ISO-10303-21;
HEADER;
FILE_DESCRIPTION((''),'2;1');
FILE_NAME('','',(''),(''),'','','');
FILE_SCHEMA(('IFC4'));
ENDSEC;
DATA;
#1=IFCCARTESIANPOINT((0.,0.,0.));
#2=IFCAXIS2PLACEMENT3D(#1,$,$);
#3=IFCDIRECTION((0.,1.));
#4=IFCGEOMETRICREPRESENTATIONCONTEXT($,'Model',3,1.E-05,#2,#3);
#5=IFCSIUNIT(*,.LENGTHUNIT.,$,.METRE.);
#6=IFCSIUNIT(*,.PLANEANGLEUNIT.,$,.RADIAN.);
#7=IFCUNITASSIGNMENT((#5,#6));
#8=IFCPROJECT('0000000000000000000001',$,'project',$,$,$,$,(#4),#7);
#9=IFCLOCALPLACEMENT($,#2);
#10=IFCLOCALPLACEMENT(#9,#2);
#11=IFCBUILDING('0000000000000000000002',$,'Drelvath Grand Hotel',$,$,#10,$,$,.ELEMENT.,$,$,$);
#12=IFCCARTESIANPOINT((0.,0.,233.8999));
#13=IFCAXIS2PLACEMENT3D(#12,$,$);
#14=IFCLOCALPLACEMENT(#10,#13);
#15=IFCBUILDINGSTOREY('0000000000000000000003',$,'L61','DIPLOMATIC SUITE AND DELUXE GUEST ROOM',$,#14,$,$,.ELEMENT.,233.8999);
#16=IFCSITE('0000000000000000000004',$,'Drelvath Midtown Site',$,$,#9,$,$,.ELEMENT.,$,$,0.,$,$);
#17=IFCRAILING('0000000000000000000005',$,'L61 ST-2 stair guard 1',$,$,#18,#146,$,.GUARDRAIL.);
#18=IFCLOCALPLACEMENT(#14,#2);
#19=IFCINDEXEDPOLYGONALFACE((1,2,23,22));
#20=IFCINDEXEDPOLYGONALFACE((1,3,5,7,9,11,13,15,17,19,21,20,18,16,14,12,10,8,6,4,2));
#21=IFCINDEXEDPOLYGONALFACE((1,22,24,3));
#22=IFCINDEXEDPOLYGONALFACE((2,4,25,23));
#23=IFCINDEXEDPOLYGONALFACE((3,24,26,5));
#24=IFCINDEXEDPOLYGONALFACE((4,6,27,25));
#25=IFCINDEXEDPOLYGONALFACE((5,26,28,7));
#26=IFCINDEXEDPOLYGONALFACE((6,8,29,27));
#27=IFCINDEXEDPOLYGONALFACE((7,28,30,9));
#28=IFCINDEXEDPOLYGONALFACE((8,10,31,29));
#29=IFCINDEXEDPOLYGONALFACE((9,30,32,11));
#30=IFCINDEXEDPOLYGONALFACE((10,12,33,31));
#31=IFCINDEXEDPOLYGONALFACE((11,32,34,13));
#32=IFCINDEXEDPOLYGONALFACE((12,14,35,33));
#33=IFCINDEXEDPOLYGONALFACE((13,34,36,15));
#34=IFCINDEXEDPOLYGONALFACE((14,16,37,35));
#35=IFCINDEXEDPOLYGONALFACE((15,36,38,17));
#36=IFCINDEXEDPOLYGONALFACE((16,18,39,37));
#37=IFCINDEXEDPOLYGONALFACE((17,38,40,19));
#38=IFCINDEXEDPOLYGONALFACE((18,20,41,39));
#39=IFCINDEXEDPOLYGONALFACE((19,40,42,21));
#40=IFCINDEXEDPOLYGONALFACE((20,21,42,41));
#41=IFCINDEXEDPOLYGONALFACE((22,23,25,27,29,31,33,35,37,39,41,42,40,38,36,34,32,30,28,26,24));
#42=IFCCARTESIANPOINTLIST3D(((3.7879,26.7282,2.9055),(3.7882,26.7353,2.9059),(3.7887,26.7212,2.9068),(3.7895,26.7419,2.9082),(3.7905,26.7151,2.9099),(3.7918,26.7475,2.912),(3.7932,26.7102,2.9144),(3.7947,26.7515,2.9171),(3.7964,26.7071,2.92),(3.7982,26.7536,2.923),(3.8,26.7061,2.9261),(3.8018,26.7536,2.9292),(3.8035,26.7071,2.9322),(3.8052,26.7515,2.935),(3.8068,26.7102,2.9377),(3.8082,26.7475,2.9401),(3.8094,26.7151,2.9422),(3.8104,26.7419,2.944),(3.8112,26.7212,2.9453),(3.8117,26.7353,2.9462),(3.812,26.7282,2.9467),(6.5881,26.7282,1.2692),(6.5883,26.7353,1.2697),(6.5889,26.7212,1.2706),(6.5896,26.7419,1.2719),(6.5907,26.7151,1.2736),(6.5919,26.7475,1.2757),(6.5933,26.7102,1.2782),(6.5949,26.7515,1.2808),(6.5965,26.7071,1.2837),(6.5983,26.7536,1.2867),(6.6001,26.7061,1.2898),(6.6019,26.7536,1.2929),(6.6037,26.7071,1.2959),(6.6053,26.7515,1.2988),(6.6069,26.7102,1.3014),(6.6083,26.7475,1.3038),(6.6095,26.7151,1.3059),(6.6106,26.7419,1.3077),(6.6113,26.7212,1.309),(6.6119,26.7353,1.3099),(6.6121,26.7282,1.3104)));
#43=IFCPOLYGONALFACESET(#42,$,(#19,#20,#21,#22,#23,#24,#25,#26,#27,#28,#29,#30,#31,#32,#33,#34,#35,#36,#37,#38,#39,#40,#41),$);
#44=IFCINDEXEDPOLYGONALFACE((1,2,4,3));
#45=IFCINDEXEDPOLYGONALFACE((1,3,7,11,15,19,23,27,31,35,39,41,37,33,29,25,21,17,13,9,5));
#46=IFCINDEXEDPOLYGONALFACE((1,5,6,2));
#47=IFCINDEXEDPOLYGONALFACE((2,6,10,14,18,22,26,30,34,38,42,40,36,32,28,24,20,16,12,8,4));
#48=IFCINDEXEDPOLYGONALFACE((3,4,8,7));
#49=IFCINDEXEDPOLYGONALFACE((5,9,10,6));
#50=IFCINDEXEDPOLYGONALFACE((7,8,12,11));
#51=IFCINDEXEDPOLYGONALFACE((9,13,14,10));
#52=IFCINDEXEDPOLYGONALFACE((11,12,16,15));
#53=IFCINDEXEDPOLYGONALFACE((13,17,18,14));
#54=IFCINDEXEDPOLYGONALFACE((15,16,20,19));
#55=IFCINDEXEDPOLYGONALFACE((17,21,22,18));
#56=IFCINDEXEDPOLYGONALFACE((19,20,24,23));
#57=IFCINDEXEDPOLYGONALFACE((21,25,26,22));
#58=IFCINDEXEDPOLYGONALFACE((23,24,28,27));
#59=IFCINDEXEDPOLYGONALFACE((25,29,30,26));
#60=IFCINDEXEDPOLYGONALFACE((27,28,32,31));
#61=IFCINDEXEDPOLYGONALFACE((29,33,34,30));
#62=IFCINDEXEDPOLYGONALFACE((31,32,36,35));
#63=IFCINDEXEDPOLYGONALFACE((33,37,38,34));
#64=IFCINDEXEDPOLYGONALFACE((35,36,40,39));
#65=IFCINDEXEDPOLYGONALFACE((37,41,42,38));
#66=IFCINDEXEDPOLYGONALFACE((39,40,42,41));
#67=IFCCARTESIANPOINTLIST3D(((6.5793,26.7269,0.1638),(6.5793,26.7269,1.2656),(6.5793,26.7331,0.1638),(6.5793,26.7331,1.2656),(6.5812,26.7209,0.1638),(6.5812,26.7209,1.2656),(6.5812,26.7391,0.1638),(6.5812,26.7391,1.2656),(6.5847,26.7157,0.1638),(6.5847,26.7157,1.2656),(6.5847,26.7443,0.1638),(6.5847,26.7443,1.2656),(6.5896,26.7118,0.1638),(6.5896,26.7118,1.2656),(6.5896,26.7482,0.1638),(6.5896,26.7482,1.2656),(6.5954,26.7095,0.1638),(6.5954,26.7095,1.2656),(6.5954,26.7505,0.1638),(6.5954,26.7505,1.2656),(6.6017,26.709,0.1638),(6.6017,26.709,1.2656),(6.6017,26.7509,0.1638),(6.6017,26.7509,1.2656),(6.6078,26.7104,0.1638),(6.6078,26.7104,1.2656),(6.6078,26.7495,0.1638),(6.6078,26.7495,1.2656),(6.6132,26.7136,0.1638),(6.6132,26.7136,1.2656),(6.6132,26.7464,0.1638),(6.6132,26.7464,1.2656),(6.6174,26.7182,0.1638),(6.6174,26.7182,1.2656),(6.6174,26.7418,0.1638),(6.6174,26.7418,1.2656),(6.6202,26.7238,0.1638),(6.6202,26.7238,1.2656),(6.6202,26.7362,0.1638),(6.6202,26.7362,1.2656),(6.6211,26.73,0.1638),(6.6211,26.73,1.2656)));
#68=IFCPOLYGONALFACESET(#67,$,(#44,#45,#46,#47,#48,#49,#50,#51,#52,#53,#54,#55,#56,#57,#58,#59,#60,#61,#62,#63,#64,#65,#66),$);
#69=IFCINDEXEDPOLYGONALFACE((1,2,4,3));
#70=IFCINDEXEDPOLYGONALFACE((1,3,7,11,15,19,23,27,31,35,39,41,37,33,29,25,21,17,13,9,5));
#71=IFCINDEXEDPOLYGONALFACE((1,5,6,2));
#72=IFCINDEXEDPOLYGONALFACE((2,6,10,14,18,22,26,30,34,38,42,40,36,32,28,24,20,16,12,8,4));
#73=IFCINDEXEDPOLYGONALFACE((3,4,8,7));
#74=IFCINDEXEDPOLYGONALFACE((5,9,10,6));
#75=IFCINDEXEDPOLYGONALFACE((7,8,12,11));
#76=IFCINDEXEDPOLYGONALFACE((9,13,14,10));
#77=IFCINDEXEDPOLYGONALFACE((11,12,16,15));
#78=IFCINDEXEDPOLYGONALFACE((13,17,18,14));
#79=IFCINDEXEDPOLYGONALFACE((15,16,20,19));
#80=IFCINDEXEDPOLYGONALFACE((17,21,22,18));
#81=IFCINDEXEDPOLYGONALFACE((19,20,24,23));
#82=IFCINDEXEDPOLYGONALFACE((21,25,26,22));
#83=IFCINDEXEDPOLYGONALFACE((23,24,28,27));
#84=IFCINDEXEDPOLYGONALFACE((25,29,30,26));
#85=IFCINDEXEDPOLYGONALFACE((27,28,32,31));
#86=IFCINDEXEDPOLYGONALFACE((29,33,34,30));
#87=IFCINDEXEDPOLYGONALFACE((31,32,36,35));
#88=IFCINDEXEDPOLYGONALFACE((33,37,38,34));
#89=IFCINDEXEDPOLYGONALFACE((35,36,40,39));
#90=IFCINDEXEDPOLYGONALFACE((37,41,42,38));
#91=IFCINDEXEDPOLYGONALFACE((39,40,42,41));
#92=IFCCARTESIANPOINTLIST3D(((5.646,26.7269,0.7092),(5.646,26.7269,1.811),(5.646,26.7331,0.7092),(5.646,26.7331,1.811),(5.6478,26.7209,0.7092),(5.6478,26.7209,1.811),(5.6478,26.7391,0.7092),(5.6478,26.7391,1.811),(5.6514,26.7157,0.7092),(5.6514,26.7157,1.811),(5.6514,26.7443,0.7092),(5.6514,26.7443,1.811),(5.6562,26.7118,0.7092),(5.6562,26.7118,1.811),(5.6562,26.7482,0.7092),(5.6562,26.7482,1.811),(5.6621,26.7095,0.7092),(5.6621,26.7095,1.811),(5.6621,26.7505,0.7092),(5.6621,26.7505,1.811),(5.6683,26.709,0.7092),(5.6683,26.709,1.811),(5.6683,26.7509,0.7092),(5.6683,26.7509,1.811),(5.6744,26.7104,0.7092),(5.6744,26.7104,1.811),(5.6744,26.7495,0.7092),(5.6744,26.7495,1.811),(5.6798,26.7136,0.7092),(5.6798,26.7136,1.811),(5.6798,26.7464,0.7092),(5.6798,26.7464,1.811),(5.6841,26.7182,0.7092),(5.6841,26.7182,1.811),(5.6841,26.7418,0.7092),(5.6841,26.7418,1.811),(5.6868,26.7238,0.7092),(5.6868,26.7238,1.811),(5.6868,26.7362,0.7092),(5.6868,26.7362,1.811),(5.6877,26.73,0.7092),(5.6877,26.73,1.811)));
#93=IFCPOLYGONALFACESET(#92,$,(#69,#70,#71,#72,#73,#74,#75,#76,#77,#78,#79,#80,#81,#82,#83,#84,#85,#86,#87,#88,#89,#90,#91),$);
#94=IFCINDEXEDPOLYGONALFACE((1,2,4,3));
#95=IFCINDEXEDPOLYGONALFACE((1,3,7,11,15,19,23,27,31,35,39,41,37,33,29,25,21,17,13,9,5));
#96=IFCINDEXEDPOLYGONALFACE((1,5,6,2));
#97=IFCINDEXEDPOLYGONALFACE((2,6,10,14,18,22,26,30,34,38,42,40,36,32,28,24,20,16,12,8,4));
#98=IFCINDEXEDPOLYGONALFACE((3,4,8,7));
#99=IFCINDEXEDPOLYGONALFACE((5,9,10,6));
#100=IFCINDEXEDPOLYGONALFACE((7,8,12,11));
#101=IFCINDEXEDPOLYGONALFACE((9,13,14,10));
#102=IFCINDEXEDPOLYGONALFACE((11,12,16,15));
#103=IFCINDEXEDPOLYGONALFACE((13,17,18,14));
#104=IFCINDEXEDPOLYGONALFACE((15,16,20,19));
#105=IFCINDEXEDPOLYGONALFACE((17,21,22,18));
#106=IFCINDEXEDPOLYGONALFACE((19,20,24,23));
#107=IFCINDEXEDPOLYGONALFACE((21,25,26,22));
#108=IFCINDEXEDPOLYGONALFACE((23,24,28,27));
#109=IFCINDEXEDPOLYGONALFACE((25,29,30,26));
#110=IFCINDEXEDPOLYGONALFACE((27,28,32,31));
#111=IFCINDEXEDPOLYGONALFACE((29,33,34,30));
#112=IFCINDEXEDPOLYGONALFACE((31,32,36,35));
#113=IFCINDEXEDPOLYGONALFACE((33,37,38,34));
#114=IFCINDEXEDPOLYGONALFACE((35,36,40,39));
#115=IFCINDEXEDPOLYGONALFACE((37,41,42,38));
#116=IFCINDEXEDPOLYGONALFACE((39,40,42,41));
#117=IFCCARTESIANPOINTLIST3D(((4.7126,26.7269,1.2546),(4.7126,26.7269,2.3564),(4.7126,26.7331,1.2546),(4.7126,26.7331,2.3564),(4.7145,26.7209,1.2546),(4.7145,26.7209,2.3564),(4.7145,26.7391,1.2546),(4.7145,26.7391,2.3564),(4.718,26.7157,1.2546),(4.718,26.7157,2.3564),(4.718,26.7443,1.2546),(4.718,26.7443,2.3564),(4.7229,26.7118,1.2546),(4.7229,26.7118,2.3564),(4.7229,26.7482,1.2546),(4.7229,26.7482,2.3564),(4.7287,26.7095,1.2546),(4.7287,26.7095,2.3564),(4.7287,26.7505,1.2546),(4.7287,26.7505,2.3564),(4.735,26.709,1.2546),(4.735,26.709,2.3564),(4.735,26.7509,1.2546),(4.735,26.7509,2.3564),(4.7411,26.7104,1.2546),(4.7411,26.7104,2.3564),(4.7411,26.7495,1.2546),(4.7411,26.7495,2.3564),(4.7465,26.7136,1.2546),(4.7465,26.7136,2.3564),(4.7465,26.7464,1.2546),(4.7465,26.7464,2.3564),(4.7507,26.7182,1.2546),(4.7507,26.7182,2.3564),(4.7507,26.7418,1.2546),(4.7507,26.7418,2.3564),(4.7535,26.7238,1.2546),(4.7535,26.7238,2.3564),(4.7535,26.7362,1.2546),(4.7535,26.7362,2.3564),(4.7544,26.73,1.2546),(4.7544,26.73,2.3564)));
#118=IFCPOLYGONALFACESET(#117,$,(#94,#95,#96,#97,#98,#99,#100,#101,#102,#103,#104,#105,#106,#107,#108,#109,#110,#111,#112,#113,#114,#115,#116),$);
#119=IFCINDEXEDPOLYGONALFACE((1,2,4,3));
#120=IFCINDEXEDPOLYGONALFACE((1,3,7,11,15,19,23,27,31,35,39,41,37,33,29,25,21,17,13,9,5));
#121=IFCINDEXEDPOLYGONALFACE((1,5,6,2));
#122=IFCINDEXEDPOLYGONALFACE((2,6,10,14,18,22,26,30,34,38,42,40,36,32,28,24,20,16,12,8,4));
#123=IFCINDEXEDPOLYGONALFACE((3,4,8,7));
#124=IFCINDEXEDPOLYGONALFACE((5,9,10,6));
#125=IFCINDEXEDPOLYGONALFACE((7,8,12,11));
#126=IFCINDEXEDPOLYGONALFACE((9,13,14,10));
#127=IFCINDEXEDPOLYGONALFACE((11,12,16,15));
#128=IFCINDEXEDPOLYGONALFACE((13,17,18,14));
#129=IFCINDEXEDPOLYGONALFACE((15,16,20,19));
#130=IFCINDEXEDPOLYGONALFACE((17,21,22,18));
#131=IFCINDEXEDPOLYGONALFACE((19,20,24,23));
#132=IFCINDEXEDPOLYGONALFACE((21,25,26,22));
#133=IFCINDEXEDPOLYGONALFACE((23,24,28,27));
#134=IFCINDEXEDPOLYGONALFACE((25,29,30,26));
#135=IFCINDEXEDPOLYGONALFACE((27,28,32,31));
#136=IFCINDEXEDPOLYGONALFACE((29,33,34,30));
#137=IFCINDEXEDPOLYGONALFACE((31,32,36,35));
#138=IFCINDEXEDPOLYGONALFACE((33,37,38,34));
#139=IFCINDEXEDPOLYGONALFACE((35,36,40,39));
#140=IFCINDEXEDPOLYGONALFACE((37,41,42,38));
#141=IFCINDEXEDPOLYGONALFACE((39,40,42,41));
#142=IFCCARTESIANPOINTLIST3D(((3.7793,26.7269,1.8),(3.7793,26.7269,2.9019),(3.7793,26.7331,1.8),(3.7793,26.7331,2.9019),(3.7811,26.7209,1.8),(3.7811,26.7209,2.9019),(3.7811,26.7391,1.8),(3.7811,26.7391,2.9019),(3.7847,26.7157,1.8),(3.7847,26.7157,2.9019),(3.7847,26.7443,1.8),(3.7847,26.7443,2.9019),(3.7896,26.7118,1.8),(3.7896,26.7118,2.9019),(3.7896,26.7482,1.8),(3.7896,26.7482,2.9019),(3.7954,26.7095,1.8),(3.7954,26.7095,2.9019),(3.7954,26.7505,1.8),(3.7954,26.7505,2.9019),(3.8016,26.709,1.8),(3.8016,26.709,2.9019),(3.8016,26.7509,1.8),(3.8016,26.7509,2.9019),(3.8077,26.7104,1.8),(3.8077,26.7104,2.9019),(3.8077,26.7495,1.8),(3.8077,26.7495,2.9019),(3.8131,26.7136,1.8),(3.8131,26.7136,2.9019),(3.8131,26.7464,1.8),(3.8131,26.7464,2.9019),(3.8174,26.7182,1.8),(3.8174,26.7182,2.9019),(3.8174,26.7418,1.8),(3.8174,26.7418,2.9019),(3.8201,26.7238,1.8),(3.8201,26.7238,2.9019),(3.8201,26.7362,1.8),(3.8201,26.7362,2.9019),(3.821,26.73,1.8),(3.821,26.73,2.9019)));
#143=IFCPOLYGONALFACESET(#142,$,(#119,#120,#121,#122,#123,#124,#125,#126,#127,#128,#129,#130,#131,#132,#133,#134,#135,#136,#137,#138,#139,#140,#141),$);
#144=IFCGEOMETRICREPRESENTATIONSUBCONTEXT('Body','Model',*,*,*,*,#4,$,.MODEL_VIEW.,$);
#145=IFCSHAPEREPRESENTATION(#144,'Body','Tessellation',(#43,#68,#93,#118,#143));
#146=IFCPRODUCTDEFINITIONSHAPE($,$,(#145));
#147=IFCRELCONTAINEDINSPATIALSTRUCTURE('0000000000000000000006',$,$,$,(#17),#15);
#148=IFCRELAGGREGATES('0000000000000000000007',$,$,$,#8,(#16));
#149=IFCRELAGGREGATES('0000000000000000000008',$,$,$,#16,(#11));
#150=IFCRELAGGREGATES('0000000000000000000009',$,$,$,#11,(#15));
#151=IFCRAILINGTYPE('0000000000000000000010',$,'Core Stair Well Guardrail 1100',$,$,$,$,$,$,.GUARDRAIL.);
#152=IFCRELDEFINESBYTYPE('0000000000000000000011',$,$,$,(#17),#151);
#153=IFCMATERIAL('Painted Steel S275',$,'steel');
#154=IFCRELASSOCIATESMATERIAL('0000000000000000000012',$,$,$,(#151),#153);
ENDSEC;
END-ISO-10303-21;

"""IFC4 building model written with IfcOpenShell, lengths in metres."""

from ifc_helpers import new_model, si_unit, direction, frame, origin, origin_2d, place, context, subcontext, project, spatial, circle, extrude, material, type_object, element, save


model = new_model("IFC4")

# Units and contexts
model_context = context("Model", 3, precision=1e-05, world=origin(), true_north=direction((0.0, 1.0)))
body_context = subcontext(model_context, "Body", "Model", "MODEL_VIEW")
ifc_project = project(units=[si_unit("LENGTHUNIT", "METRE"), si_unit("PLANEANGLEUNIT", "RADIAN")], contexts=[model_context])

# Site, building, storey
site_placement = place(None, origin())
site = spatial("IfcSite", under=ifc_project, at=site_placement, Name="Drelvath Midtown Site", CompositionType="ELEMENT", RefElevation=0.0)
building_placement = place(site_placement, origin())
building = spatial("IfcBuilding", under=site, at=building_placement, Name="Drelvath Grand Hotel", CompositionType="ELEMENT")
storey_placement = place(building_placement, frame((0.0, 0.0, 233.8999)))
storey = spatial("IfcBuildingStorey", under=building, at=storey_placement, Name="L61", Description="DIPLOMATIC SUITE AND DELUXE GUEST ROOM", CompositionType="ELEMENT", Elevation=233.8999)

# Railing
ifc_material_1 = material(Name="Painted Steel S275", Category="steel")
railing_type_1 = type_object("IfcRailingType", Name="Core Stair Well Guardrail 1100", PredefinedType="GUARDRAIL", material=ifc_material_1)
railing_1_placement = place(storey_placement, frame((6.6001, 26.73, 0.1638)))
element("IfcRailing", 1, at=railing_1_placement, inside=storey, type_object=railing_type_1, Name="L61 ST-2 stair guard 1", PredefinedType="GUARDRAIL", context=body_context, shape_type="SweptSolid", body=[
    extrude(circle(Radius=0.0239, at=origin_2d()), frame((0.0, 0.0, 1.126), z_axis=(-0.863394, 0.0, 0.504531), x_axis=(0.0, -1.0, 0.0)), (0.0, 0.0, 1.0), 3.2432),
    extrude(circle(Radius=0.021, at=origin_2d()), origin(), (0.0, 0.0, 1.0), 1.1018),
    extrude(circle(Radius=0.021, at=origin_2d()), frame((-0.9333, 0.0, 0.5454)), (0.0, 0.0, 1.0), 1.1018),
    extrude(circle(Radius=0.021, at=origin_2d()), frame((-1.8667, 0.0, 1.0908)), (0.0, 0.0, 1.0), 1.1018),
    extrude(circle(Radius=0.021, at=origin_2d()), frame((-2.8, 0.0, 1.6362)), (0.0, 0.0, 1.0), 1.1018),
])

save(model, "model.ifc")
